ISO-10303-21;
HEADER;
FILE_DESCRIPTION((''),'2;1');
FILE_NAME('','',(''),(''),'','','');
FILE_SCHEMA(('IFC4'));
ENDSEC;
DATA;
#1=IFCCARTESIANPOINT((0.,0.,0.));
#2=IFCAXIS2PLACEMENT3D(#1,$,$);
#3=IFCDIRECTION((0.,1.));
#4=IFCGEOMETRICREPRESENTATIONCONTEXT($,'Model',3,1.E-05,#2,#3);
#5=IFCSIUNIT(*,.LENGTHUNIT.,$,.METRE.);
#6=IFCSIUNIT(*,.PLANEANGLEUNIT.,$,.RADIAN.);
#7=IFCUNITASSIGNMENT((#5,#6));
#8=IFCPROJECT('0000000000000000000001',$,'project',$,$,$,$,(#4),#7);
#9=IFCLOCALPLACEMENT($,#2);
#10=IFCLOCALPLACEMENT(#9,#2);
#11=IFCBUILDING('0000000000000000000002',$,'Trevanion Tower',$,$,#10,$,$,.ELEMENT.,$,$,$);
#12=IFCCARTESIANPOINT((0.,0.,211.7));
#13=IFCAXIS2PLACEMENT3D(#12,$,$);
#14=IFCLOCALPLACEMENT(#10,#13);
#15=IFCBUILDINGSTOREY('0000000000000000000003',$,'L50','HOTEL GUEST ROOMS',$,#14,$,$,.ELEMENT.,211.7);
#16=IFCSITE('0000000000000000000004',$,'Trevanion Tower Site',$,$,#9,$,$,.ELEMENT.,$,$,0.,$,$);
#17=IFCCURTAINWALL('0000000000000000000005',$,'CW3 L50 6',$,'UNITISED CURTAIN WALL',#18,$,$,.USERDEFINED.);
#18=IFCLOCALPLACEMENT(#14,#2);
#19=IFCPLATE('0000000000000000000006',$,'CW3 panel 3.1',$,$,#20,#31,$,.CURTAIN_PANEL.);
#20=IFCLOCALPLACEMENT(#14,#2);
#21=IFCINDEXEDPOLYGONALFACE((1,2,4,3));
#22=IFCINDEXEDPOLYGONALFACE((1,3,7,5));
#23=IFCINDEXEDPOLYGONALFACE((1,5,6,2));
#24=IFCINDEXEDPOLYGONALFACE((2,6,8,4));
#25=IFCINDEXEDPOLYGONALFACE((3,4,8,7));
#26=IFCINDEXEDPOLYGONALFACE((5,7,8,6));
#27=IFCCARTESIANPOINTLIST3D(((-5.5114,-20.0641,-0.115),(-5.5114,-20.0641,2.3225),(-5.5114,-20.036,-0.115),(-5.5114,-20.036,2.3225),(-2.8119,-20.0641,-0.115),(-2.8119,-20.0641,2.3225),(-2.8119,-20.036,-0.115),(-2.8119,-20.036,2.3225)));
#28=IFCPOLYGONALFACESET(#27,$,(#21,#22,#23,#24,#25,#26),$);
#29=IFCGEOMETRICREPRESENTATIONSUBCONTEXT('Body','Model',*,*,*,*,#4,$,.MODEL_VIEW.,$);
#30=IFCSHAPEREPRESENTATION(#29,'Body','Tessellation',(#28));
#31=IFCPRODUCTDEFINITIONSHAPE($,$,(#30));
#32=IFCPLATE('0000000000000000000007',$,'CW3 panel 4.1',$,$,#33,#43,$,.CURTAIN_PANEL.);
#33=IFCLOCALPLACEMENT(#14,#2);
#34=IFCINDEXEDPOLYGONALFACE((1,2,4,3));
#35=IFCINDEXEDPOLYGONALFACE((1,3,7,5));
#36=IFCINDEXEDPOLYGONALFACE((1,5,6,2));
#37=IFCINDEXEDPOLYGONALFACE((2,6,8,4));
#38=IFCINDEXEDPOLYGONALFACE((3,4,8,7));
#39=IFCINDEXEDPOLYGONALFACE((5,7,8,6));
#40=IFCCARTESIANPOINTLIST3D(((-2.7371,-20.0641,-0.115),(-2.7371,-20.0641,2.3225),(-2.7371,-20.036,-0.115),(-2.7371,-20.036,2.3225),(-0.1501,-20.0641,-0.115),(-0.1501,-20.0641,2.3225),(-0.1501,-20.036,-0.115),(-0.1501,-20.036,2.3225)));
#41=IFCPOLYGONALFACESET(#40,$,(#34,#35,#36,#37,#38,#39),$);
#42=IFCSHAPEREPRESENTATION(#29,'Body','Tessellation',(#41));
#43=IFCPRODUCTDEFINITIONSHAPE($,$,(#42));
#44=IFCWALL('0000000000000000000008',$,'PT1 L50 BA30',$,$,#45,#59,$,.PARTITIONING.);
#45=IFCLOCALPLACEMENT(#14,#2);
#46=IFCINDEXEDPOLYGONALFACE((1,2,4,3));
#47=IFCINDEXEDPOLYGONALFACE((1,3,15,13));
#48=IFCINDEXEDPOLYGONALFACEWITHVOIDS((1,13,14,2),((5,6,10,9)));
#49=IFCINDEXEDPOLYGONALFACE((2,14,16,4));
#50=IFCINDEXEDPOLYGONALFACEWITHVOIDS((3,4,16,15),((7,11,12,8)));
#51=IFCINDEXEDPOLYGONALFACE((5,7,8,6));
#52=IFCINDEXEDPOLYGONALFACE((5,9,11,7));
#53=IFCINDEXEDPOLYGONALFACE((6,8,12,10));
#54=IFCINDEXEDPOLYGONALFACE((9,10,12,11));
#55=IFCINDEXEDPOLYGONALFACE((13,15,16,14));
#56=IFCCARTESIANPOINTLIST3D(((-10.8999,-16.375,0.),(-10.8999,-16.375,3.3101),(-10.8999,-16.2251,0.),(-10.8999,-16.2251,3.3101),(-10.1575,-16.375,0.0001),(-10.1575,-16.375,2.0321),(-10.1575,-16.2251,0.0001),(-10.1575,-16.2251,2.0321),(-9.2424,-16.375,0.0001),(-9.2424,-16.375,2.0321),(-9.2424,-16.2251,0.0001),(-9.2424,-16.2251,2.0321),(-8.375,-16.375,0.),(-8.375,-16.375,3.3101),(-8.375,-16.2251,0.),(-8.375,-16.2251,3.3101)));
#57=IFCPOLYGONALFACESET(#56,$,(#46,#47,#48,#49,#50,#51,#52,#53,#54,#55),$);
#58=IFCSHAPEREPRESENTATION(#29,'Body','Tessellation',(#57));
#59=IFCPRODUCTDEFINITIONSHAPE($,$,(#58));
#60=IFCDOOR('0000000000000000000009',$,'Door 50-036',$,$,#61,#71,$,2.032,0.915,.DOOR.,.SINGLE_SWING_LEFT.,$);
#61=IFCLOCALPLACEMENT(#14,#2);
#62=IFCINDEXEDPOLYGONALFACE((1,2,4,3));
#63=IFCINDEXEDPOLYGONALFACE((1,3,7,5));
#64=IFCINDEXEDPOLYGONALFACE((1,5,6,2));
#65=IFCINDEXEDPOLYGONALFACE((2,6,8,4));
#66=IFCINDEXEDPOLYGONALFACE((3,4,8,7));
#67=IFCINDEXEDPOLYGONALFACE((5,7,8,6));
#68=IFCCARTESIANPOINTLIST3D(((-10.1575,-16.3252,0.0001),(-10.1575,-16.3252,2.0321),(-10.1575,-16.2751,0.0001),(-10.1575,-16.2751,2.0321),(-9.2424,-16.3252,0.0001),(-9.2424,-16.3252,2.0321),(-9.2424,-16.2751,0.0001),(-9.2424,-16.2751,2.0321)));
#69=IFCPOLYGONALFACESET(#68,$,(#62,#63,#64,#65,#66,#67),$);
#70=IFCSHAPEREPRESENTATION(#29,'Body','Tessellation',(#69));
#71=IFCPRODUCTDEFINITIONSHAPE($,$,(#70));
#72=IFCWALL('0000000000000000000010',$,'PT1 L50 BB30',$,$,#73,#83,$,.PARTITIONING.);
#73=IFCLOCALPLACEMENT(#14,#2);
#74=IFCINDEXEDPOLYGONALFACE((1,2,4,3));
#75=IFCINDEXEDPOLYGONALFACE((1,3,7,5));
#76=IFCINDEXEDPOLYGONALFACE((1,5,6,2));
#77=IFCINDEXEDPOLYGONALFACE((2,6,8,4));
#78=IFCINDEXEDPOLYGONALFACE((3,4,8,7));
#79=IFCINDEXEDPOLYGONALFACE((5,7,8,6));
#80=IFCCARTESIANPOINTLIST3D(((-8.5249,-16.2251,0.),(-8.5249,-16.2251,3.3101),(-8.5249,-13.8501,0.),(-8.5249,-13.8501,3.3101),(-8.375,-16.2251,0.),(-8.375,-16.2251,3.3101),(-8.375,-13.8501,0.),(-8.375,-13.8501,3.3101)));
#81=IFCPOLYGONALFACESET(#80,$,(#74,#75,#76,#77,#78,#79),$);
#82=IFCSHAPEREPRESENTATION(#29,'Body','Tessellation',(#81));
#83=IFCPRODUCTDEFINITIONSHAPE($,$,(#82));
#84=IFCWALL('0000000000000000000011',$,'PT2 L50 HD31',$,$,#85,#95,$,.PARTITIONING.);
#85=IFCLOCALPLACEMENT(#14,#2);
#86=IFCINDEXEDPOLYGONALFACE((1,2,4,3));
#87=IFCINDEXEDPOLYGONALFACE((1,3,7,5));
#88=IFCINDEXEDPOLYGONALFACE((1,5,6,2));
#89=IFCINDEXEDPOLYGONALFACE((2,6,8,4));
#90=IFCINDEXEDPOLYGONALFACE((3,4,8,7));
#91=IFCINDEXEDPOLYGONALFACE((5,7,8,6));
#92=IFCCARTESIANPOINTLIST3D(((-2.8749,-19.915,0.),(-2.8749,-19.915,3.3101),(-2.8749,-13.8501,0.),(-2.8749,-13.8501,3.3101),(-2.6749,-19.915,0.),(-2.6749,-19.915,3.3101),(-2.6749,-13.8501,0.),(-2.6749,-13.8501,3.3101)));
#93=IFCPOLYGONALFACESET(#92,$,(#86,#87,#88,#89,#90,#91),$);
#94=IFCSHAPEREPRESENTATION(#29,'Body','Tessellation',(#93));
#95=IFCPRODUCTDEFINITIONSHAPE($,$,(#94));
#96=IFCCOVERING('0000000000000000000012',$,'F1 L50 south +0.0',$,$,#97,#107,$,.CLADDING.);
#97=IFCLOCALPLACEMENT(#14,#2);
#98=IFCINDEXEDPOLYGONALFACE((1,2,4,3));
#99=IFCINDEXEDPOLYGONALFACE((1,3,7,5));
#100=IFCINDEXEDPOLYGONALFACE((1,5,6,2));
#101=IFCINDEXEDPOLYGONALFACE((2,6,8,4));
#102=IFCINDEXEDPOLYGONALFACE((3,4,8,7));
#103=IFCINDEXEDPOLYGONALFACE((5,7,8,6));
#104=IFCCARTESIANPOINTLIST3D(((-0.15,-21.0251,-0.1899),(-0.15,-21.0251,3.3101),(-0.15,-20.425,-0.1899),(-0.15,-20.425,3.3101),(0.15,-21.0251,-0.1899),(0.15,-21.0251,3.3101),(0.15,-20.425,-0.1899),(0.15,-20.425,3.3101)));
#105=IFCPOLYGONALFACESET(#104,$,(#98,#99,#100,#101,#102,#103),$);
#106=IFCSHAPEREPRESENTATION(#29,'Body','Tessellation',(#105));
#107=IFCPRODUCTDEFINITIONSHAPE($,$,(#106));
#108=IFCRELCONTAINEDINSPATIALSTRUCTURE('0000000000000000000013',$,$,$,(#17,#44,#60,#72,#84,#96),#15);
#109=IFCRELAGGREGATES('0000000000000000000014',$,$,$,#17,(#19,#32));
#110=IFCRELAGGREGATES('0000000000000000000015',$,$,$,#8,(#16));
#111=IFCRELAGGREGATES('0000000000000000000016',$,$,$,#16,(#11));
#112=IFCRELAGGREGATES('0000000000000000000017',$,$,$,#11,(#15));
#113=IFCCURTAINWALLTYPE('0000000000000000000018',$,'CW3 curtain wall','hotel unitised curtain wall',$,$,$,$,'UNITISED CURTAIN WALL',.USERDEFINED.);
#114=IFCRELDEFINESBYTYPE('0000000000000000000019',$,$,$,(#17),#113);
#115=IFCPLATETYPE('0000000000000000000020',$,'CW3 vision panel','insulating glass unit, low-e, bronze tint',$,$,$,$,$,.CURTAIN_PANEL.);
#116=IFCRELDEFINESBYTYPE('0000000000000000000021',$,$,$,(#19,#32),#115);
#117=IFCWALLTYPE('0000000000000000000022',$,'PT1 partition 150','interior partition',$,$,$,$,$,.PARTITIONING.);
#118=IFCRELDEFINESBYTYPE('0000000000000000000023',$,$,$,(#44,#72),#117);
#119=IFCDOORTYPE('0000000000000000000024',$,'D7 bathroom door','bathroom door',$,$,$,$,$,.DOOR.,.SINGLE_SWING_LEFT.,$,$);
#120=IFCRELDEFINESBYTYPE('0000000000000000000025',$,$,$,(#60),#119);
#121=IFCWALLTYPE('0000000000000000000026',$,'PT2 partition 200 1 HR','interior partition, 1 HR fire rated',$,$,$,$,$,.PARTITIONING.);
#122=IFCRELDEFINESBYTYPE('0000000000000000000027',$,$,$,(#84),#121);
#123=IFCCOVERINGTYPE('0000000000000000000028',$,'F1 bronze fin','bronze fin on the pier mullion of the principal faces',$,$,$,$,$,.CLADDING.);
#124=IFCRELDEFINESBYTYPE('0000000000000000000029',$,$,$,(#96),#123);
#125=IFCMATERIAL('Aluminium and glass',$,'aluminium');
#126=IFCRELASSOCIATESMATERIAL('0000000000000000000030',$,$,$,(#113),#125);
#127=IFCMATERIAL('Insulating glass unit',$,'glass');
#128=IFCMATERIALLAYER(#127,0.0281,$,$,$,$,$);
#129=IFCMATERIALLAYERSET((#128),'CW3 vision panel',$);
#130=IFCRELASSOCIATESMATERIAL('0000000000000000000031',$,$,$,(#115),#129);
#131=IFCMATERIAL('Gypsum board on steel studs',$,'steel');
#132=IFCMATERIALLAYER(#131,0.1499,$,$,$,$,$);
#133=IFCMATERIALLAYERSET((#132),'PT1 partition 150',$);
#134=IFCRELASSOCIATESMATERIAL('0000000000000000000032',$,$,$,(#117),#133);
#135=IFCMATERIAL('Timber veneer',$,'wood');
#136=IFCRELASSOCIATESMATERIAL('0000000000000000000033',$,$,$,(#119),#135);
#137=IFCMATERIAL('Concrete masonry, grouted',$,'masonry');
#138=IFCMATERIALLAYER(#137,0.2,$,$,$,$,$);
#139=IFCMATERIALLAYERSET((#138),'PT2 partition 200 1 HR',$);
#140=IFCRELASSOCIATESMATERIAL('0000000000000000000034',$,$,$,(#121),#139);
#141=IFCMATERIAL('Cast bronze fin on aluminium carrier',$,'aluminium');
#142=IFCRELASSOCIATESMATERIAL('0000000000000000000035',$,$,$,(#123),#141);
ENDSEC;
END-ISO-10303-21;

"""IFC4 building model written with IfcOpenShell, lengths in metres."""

from ifc_helpers import new_model, si_unit, direction, frame, frame_2d, origin, origin_2d, place, context, subcontext, project, spatial, rectangle, extrude, material, layer, layer_set, type_object, element, fill, aggregate, save


model = new_model("IFC4")

# Units and contexts
model_context = context("Model", 3, precision=1e-05, world=origin(), true_north=direction((0.0, 1.0)))
body_context = subcontext(model_context, "Body", "Model", "MODEL_VIEW")
ifc_project = project(units=[si_unit("LENGTHUNIT", "METRE"), si_unit("PLANEANGLEUNIT", "RADIAN")], contexts=[model_context])

# Site, building, storey
site_placement = place(None, origin())
site = spatial("IfcSite", under=ifc_project, at=site_placement, Name="Trevanion Tower Site", CompositionType="ELEMENT", RefElevation=0.0)
building_placement = place(site_placement, origin())
building = spatial("IfcBuilding", under=site, at=building_placement, Name="Trevanion Tower", CompositionType="ELEMENT")
storey_placement = place(building_placement, frame((0.0, 0.0, 211.7)))
storey = spatial("IfcBuildingStorey", under=building, at=storey_placement, Name="L50", Description="HOTEL GUEST ROOMS", CompositionType="ELEMENT", Elevation=211.7)

# Curtain wall
ifc_material_1 = material(Name="Aluminium and glass", Category="aluminium")
curtain_wall_type = type_object("IfcCurtainWallType", Name="CW3 curtain wall", Description="hotel unitised curtain wall", ElementType="UNITISED CURTAIN WALL", PredefinedType="USERDEFINED", material=ifc_material_1)
curtain_wall_placement = place(storey_placement, origin())
curtain_wall = element("IfcCurtainWall", 1, at=curtain_wall_placement, inside=storey, type_object=curtain_wall_type, Name="CW3 L50 6", ObjectType="UNITISED CURTAIN WALL", PredefinedType="USERDEFINED")

# Plates
ifc_material_2 = material(Name="Insulating glass unit", Category="glass")
ifc_layer_1 = layer(ifc_material_2, 0.0281)
ifc_layer_set_1 = layer_set([ifc_layer_1], Name="CW3 vision panel")
plate_type_1 = type_object("IfcPlateType", Name="CW3 vision panel", Description="insulating glass unit, low-e, bronze tint", PredefinedType="CURTAIN_PANEL", material=ifc_layer_set_1)
plate_1_placement = place(storey_placement, frame((-4.1616, -20.05, -0.115), z_axis=(0.0, 0.0, 1.0), x_axis=(1.0, 0.0, 0.0)))
plate_1 = element("IfcPlate", 2, at=plate_1_placement, type_object=plate_type_1, Name="CW3 panel 3.1", PredefinedType="CURTAIN_PANEL", context=body_context, shape_type="SweptSolid", body=[
    extrude(rectangle(XDim=2.6995, YDim=0.0281, at=origin_2d()), origin(), (0.0, 0.0, 1.0), 2.4375),
])
plate_2_placement = place(storey_placement, frame((-1.4436, -20.05, -0.115), z_axis=(0.0, 0.0, 1.0), x_axis=(1.0, 0.0, 0.0)))
plate_2 = element("IfcPlate", 3, at=plate_2_placement, type_object=plate_type_1, Name="CW3 panel 4.1", PredefinedType="CURTAIN_PANEL", context=body_context, shape_type="SweptSolid", body=[
    extrude(rectangle(XDim=2.5869, YDim=0.0281, at=origin_2d()), origin(), (0.0, 0.0, 1.0), 2.4375),
])
aggregate(curtain_wall, [plate_1, plate_2])

# Wall, opening, door
ifc_material_3 = material(Name="Gypsum board on steel studs", Category="steel")
ifc_layer_2 = layer(ifc_material_3, 0.1499)
ifc_layer_set_2 = layer_set([ifc_layer_2], Name="PT1 partition 150")
wall_type_1 = type_object("IfcWallType", Name="PT1 partition 150", Description="interior partition", PredefinedType="PARTITIONING", material=ifc_layer_set_2)
wall_1_placement = place(storey_placement, frame((-10.8999, -16.3, 0.0), z_axis=(0.0, 0.0, 1.0), x_axis=(1.0, 0.0, 0.0)))
wall_1 = element("IfcWall", 4, at=wall_1_placement, inside=storey, type_object=wall_type_1, Name="PT1 L50 BA30", PredefinedType="PARTITIONING", context=body_context, shape_type="SweptSolid", body=[
    extrude(rectangle(XDim=2.5249, YDim=0.1499, at=frame_2d((1.2625, 0.0))), origin(), (0.0, 0.0, 1.0), 3.3101),
])
opening_placement = place(wall_1_placement, frame((0.7424, 0.0, 0.0)))
opening = element("IfcOpeningElement", 5, at=opening_placement, cuts=wall_1, PredefinedType="OPENING", context=body_context, shape_type="SweptSolid", body=[
    extrude(rectangle(XDim=0.915, YDim=2.032, at=frame_2d((0.4575, 1.0161))), frame((0.0, 0.085, 0.0), z_axis=(0.0, -1.0, 0.0), x_axis=(1.0, 0.0, 0.0)), (0.0, 0.0, 1.0), 0.1699),
])
ifc_material_4 = material(Name="Timber veneer", Category="wood")
door_type = type_object("IfcDoorType", Name="D7 bathroom door", Description="bathroom door", OperationType="SINGLE_SWING_LEFT", PredefinedType="DOOR", material=ifc_material_4)
door_placement = place(opening_placement, origin())
door = element("IfcDoor", 6, at=door_placement, inside=storey, type_object=door_type, Name="Door 50-036", OperationType="SINGLE_SWING_LEFT", OverallHeight=2.032, OverallWidth=0.915, PredefinedType="DOOR", context=body_context, shape_type="SweptSolid", body=[
    extrude(rectangle(XDim=0.915, YDim=2.032, at=frame_2d((0.4575, 1.0161))), frame((0.0, 0.0249, 0.0), z_axis=(0.0, -1.0, 0.0), x_axis=(1.0, 0.0, 0.0)), (0.0, 0.0, 1.0), 0.05),
])
fill(opening, door)

# Walls
wall_2_placement = place(storey_placement, frame((-8.45, -13.8501, 0.0), z_axis=(0.0, 0.0, 1.0), x_axis=(0.0, -1.0, 0.0)))
element("IfcWall", 7, at=wall_2_placement, inside=storey, type_object=wall_type_1, Name="PT1 L50 BB30", PredefinedType="PARTITIONING", context=body_context, shape_type="SweptSolid", body=[
    extrude(rectangle(XDim=2.375, YDim=0.1499, at=frame_2d((1.1875, 0.0))), origin(), (0.0, 0.0, 1.0), 3.3101),
])
ifc_material_5 = material(Name="Concrete masonry, grouted", Category="masonry")
ifc_layer_3 = layer(ifc_material_5, 0.2)
ifc_layer_set_3 = layer_set([ifc_layer_3], Name="PT2 partition 200 1 HR")
wall_type_2 = type_object("IfcWallType", Name="PT2 partition 200 1 HR", Description="interior partition, 1 HR fire rated", PredefinedType="PARTITIONING", material=ifc_layer_set_3)
wall_3_placement = place(storey_placement, frame((-2.7749, -13.8501, 0.0), z_axis=(0.0, 0.0, 1.0), x_axis=(0.0, -1.0, 0.0)))
element("IfcWall", 8, at=wall_3_placement, inside=storey, type_object=wall_type_2, Name="PT2 L50 HD31", PredefinedType="PARTITIONING", context=body_context, shape_type="SweptSolid", body=[
    extrude(rectangle(XDim=6.0649, YDim=0.2, at=frame_2d((3.0325, 0.0))), origin(), (0.0, 0.0, 1.0), 3.3101),
])

# Covering
ifc_material_6 = material(Name="Cast bronze fin on aluminium carrier", Category="aluminium")
covering_type = type_object("IfcCoveringType", Name="F1 bronze fin", Description="bronze fin on the pier mullion of the principal faces", PredefinedType="CLADDING", material=ifc_material_6)
covering_placement = place(storey_placement, frame((0.0, -20.7251, -0.1899), z_axis=(0.0, 0.0, 1.0), x_axis=(1.0, 0.0, 0.0)))
element("IfcCovering", 9, at=covering_placement, inside=storey, type_object=covering_type, Name="F1 L50 south +0.0", PredefinedType="CLADDING", context=body_context, shape_type="SweptSolid", body=[
    extrude(rectangle(XDim=0.3, YDim=0.6001, at=origin_2d()), origin(), (0.0, 0.0, 1.0), 3.5),
])

save(model, "model.ifc")
